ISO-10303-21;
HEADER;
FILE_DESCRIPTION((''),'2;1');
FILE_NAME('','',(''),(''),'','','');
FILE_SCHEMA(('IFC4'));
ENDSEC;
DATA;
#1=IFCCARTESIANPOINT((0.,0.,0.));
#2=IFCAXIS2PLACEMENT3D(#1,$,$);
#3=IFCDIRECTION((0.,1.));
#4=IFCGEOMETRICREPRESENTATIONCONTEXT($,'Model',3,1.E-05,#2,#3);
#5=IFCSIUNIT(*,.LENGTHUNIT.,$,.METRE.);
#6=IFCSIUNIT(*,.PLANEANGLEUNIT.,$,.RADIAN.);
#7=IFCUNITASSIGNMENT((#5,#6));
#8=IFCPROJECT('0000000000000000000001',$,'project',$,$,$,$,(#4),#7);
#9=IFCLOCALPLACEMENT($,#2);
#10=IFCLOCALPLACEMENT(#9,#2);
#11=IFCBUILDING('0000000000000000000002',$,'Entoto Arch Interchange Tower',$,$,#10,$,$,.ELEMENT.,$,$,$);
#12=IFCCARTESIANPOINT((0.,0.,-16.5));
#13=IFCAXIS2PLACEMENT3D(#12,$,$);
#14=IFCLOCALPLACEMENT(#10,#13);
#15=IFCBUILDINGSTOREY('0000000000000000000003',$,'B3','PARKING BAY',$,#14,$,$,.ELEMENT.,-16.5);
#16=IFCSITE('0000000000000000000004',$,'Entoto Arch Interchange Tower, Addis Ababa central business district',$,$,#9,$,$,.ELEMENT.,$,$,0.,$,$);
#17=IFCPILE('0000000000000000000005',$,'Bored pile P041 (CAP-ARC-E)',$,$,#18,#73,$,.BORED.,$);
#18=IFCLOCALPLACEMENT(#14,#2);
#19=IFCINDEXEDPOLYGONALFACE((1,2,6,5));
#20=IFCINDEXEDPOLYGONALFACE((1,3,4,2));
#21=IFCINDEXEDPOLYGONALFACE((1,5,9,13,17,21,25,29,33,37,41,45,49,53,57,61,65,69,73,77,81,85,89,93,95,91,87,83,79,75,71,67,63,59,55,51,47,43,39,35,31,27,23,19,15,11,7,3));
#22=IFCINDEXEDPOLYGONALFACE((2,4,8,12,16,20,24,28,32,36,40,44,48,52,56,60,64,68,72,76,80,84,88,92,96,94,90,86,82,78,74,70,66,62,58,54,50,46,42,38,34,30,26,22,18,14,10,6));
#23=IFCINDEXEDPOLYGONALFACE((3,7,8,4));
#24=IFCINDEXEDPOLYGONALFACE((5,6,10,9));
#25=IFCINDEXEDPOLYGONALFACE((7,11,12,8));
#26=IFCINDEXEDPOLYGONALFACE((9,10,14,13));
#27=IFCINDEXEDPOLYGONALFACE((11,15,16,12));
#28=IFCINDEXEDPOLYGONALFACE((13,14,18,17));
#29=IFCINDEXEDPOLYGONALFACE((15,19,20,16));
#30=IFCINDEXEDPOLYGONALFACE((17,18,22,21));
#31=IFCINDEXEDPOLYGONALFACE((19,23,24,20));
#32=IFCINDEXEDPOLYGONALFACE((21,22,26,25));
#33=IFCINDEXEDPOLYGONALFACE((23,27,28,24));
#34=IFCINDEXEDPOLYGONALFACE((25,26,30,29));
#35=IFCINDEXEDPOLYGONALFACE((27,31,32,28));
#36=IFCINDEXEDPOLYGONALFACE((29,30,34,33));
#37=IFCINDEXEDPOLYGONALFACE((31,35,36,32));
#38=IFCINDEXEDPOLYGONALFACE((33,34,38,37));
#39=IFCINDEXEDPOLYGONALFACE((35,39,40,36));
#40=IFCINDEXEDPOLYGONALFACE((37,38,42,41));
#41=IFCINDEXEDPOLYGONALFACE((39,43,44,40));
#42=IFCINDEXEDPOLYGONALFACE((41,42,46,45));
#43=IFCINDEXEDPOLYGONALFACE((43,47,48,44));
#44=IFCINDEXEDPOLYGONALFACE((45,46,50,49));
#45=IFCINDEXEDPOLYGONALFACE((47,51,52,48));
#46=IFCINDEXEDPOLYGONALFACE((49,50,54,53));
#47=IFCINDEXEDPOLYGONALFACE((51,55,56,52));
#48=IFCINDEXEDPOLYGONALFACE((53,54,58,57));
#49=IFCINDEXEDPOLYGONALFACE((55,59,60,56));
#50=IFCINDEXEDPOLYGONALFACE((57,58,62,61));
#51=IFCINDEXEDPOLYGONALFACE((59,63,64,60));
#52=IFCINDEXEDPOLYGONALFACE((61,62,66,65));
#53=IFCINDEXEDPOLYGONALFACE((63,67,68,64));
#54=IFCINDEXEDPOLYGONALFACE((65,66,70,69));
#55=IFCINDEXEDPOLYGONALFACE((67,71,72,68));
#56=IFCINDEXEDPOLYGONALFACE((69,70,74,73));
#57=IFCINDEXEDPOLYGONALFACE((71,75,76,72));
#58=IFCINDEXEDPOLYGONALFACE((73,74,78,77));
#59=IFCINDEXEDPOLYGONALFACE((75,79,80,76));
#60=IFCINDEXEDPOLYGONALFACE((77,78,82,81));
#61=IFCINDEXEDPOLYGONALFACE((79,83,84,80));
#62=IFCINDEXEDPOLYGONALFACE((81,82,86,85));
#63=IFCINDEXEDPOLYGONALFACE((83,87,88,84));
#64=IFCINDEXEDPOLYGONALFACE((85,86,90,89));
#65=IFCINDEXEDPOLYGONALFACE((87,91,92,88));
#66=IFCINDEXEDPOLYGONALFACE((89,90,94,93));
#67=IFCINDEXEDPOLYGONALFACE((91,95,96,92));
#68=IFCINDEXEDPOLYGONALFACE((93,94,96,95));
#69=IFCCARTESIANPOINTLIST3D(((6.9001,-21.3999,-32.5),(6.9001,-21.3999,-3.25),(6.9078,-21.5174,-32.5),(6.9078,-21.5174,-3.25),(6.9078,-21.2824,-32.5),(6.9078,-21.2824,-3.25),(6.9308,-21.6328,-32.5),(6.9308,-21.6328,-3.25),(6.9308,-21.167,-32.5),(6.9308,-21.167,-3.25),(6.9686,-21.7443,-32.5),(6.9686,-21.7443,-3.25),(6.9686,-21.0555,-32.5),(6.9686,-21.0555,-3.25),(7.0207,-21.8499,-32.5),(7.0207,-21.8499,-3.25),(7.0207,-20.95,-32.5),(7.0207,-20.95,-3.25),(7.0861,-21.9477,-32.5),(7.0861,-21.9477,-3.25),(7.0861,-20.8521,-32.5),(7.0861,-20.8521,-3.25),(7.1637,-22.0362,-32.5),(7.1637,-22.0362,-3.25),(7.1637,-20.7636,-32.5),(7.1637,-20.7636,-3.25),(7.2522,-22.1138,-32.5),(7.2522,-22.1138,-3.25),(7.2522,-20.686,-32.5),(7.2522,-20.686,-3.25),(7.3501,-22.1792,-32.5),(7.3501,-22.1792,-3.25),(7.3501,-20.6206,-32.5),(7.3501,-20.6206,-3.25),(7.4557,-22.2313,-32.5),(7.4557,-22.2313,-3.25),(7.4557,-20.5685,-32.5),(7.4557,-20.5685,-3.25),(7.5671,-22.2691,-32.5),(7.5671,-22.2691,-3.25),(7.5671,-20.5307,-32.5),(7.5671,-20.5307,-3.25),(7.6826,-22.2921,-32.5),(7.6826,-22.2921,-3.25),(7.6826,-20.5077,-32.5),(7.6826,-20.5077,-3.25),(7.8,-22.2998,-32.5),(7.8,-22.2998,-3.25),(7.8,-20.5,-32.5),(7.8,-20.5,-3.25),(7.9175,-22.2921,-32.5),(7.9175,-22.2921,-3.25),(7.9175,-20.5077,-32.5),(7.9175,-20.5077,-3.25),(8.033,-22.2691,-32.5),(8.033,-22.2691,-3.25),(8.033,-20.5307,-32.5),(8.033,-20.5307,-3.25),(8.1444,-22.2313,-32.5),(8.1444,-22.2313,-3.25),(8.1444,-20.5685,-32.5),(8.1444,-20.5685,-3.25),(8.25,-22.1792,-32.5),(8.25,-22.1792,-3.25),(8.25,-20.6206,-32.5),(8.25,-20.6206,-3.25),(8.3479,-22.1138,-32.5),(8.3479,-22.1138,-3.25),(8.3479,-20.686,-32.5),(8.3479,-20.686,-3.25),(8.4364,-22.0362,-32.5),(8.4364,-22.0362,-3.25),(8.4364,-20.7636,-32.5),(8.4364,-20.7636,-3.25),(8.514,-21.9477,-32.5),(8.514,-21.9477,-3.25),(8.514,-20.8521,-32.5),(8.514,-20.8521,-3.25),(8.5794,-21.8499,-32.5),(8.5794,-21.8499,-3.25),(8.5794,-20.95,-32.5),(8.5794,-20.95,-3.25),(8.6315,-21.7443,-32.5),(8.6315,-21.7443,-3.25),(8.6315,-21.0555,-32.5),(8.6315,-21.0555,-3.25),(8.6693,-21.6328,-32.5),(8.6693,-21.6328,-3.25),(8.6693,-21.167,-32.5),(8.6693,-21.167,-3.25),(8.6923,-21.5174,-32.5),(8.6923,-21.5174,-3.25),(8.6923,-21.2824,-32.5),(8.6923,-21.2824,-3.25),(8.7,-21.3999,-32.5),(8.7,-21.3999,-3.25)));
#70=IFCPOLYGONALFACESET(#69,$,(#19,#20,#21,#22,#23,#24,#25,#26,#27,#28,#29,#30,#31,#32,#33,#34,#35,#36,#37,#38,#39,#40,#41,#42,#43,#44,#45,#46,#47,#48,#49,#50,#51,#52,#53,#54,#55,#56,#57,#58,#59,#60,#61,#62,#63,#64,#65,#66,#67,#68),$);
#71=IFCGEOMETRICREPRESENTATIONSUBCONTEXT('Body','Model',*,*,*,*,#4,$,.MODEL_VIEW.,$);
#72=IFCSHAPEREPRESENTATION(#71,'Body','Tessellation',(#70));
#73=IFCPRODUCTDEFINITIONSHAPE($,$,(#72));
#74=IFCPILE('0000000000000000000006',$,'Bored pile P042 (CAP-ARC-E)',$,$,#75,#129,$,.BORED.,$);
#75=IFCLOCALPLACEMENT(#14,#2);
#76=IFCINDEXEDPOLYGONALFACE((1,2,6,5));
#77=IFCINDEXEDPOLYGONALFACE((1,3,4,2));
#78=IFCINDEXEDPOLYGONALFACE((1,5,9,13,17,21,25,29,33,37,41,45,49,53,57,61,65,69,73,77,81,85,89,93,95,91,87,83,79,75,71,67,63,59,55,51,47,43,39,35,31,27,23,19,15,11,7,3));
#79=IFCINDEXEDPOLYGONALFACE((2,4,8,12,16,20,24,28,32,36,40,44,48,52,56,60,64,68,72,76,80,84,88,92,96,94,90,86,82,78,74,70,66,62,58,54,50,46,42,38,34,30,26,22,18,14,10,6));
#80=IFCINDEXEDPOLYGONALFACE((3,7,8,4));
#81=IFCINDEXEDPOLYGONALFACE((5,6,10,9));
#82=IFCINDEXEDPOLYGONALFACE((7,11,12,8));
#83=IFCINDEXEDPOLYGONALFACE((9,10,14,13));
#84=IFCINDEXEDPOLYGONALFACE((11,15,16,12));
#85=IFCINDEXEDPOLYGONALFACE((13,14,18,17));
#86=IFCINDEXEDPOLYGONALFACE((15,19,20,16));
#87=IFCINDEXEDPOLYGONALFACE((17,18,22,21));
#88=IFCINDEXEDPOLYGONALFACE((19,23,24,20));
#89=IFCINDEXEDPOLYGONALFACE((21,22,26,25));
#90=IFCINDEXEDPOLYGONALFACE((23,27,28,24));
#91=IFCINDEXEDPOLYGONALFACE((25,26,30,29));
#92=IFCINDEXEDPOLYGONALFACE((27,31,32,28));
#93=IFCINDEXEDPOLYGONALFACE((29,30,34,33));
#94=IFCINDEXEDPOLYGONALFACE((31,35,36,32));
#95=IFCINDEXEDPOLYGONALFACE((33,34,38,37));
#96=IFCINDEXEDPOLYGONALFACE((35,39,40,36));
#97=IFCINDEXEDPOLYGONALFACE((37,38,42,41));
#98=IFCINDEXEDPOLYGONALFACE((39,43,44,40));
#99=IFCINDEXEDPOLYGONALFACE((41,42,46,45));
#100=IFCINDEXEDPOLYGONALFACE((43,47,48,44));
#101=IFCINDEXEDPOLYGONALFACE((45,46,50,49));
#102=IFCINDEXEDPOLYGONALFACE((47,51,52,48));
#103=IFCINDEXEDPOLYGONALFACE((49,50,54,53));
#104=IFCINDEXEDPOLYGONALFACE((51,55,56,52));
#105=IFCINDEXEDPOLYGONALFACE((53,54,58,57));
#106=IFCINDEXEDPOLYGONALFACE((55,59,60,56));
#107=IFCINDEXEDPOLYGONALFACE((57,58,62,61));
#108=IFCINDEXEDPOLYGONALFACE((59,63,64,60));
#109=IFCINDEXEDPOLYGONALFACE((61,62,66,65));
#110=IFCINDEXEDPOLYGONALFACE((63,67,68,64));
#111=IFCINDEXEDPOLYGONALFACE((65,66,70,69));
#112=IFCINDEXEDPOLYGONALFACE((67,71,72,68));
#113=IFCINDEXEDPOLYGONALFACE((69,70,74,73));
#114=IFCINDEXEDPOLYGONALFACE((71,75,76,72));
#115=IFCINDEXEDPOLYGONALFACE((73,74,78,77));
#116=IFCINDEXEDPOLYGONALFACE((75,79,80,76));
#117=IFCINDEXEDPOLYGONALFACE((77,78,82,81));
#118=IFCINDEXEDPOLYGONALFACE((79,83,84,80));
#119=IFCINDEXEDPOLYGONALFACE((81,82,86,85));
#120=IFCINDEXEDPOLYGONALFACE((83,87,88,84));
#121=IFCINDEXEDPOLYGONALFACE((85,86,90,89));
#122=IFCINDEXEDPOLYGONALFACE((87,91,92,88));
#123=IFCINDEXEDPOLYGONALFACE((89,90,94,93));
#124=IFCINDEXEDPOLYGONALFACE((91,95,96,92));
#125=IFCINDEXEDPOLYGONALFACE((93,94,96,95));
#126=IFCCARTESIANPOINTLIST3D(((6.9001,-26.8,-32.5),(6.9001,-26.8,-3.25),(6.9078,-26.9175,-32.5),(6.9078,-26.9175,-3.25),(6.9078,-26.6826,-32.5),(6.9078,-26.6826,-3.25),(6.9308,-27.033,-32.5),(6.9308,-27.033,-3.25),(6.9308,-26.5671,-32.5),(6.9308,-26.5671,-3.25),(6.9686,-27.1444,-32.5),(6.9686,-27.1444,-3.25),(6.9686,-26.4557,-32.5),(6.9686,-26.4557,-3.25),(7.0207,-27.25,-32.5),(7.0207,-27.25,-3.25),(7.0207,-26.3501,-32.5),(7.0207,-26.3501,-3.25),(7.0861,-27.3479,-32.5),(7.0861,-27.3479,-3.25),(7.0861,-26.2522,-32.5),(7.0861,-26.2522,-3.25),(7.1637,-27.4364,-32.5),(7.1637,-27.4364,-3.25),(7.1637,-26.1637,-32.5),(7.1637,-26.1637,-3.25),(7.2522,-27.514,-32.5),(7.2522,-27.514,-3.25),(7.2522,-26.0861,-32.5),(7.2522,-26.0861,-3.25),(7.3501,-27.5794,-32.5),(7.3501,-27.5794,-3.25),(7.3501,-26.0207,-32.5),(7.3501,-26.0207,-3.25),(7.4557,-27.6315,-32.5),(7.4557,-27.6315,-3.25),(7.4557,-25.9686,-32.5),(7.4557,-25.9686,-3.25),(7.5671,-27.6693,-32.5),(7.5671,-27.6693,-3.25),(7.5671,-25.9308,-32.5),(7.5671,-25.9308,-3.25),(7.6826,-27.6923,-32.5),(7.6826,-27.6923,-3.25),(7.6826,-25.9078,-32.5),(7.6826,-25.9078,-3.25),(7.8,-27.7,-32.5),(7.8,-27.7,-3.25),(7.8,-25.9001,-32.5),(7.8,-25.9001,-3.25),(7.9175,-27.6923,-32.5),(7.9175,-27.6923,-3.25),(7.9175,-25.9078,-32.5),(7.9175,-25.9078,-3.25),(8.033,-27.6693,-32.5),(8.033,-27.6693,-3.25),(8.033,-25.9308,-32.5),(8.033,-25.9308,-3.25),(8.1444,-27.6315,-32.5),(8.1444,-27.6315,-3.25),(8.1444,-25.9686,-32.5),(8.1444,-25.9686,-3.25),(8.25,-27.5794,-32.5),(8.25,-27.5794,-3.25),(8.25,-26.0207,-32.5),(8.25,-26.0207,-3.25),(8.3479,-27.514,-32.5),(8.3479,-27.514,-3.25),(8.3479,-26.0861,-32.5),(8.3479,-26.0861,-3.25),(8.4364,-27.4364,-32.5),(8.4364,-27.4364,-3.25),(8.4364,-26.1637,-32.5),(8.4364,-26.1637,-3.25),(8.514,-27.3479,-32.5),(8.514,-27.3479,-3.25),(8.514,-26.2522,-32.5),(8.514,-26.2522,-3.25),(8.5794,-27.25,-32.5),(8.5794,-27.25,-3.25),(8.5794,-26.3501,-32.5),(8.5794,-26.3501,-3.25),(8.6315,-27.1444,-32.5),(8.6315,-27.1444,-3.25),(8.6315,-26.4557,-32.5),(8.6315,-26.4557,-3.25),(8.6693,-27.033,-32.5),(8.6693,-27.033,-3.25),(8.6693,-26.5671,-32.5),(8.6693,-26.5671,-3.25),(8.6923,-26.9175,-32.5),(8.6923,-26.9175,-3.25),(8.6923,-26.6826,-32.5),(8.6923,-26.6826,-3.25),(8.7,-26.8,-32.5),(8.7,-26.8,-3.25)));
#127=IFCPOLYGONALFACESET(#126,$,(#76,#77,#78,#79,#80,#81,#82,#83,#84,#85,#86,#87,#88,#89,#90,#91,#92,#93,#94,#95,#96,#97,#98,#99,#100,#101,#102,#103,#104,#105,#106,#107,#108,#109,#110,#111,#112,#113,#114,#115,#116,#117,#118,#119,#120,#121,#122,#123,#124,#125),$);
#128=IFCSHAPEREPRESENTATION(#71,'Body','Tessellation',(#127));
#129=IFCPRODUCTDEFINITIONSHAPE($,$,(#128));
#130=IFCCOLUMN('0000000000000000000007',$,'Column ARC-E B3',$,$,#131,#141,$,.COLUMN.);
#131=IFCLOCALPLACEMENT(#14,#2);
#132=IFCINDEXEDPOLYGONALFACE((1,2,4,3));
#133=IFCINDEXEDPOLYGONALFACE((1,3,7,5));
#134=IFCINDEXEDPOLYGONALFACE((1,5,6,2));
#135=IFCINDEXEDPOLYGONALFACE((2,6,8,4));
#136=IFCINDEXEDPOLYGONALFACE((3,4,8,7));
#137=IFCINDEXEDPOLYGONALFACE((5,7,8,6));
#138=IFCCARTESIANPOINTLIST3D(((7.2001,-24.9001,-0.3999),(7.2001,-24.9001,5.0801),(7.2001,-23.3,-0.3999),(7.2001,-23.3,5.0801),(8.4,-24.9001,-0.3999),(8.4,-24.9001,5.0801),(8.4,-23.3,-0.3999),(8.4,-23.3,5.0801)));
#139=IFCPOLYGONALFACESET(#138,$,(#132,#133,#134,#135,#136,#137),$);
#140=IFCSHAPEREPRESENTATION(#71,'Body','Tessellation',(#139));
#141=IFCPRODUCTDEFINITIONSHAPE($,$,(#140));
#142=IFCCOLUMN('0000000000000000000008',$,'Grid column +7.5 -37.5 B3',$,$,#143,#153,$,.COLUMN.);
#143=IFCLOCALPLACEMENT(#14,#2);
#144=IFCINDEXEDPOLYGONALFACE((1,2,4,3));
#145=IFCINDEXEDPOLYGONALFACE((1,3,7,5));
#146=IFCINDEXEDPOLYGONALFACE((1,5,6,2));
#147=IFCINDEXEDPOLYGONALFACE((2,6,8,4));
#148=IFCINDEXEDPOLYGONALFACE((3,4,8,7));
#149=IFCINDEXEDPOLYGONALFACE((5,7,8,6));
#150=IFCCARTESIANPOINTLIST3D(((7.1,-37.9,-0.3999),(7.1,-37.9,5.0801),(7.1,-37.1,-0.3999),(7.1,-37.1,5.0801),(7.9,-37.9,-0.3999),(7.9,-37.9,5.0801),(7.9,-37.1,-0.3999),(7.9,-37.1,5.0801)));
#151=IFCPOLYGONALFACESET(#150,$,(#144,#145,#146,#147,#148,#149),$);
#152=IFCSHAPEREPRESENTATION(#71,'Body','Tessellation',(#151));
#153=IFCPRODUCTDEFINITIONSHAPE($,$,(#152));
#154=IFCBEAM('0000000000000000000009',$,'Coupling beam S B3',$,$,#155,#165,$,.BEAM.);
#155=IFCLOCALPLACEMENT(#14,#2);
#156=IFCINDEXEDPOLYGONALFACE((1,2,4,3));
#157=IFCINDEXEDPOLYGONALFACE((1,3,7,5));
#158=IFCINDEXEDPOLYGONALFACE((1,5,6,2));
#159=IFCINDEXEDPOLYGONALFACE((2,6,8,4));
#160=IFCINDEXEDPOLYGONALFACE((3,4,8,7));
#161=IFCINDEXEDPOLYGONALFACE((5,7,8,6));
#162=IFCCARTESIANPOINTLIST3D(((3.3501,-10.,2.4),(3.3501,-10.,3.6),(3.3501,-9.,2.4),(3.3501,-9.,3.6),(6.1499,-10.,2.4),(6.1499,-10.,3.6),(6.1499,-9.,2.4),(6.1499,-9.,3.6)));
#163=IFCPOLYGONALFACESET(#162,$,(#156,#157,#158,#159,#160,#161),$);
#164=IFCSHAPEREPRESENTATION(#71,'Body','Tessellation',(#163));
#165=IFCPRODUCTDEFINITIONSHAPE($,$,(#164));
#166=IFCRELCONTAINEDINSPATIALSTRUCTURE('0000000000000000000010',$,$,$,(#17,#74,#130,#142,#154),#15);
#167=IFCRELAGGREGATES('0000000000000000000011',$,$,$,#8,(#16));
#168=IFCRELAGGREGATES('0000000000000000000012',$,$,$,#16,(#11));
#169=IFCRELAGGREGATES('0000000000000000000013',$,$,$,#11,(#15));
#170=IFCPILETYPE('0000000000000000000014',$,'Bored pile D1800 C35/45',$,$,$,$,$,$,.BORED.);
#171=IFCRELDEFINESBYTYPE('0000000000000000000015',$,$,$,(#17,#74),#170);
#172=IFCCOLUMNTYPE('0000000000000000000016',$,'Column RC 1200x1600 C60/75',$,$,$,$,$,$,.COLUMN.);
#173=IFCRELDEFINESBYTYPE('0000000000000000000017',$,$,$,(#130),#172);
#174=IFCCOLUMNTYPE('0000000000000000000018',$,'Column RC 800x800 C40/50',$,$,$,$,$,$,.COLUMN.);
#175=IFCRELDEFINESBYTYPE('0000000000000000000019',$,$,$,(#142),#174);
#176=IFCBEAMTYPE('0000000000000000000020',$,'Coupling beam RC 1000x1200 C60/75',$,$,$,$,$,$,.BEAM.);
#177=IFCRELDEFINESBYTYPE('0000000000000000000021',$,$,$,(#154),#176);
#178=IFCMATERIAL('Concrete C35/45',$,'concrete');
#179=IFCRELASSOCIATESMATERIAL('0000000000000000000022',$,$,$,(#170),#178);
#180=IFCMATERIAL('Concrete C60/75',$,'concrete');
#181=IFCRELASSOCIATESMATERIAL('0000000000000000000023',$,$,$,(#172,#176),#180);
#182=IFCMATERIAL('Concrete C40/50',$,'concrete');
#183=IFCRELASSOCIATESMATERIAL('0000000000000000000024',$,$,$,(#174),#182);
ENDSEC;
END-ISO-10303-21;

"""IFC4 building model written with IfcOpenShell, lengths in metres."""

from ifc_helpers import new_model, si_unit, direction, frame, origin, origin_2d, place, context, subcontext, project, spatial, rectangle, circle, extrude, material, material_profile, profile_set, type_object, element, save


model = new_model("IFC4")

# Units and contexts
model_context = context("Model", 3, precision=1e-05, world=origin(), true_north=direction((0.0, 1.0)))
body_context = subcontext(model_context, "Body", "Model", "MODEL_VIEW")
ifc_project = project(units=[si_unit("LENGTHUNIT", "METRE"), si_unit("PLANEANGLEUNIT", "RADIAN")], contexts=[model_context])

# Site, building, storey
site_placement = place(None, origin())
site = spatial("IfcSite", under=ifc_project, at=site_placement, Name="Entoto Arch Interchange Tower, Addis Ababa central business district", CompositionType="ELEMENT", RefElevation=0.0)
building_placement = place(site_placement, origin())
building = spatial("IfcBuilding", under=site, at=building_placement, Name="Entoto Arch Interchange Tower", CompositionType="ELEMENT")
storey_placement = place(building_placement, frame((0.0, 0.0, -16.5)))
storey = spatial("IfcBuildingStorey", under=building, at=storey_placement, Name="B3", Description="PARKING BAY", CompositionType="ELEMENT", Elevation=-16.5)

# Piles
ifc_material_1 = material(Name="Concrete C35/45", Category="concrete")
ifc_material_profile_1 = material_profile(ifc_material_1, circle(Radius=0.8999, at=origin_2d()))
ifc_profile_set_1 = profile_set([ifc_material_profile_1], Name="Concrete C35/45")
pile_type = type_object("IfcPileType", Name="Bored pile D1800 C35/45", PredefinedType="BORED", material=ifc_profile_set_1)
for number, where, z_axis, x_axis, name in (
    (1, (7.8, -21.3999, -3.25), (0.0, 0.0, -1.0), (1.0, 0.0, 0.0), "Bored pile P041 (CAP-ARC-E)"),
    (2, (7.8, -26.8, -3.25), (0.0, 0.0, -1.0), (1.0, 0.0, 0.0), "Bored pile P042 (CAP-ARC-E)"),
):
    element("IfcPile", number, at=place(storey_placement, frame(where, z_axis=z_axis, x_axis=x_axis)), inside=storey, type_object=pile_type, Name=name, PredefinedType="BORED", context=body_context, shape_type="SweptSolid", body=[
        extrude(circle(Radius=0.8999, at=origin_2d()), origin(), (0.0, 0.0, 1.0), 29.25),
    ])

# Columns
ifc_material_2 = material(Name="Concrete C60/75", Category="concrete")
ifc_material_profile_2 = material_profile(ifc_material_2, rectangle(XDim=1.2, YDim=1.6001, at=origin_2d()))
ifc_profile_set_2 = profile_set([ifc_material_profile_2], Name="Concrete C60/75")
column_type_1 = type_object("IfcColumnType", Name="Column RC 1200x1600 C60/75", PredefinedType="COLUMN", material=ifc_profile_set_2)
column_1_placement = place(storey_placement, frame((7.8, -24.1001, -0.3999), z_axis=(0.0, 0.0, 1.0), x_axis=(1.0, 0.0, 0.0)))
element("IfcColumn", 3, at=column_1_placement, inside=storey, type_object=column_type_1, Name="Column ARC-E B3", PredefinedType="COLUMN", context=body_context, shape_type="SweptSolid", body=[
    extrude(rectangle(XDim=1.2, YDim=1.6001, at=origin_2d()), origin(), (0.0, 0.0, 1.0), 5.48),
])
ifc_material_3 = material(Name="Concrete C40/50", Category="concrete")
ifc_material_profile_3 = material_profile(ifc_material_3, rectangle(XDim=0.8, YDim=0.8, at=origin_2d()))
ifc_profile_set_3 = profile_set([ifc_material_profile_3], Name="Concrete C40/50")
column_type_2 = type_object("IfcColumnType", Name="Column RC 800x800 C40/50", PredefinedType="COLUMN", material=ifc_profile_set_3)
column_2_placement = place(storey_placement, frame((7.5, -37.5, -0.3999), z_axis=(0.0, 0.0, 1.0), x_axis=(1.0, 0.0, 0.0)))
element("IfcColumn", 4, at=column_2_placement, inside=storey, type_object=column_type_2, Name="Grid column +7.5 -37.5 B3", PredefinedType="COLUMN", context=body_context, shape_type="SweptSolid", body=[
    extrude(rectangle(XDim=0.8, YDim=0.8, at=origin_2d()), origin(), (0.0, 0.0, 1.0), 5.48),
])

# Beam
ifc_material_profile_4 = material_profile(ifc_material_2, rectangle(XDim=1.0, YDim=1.2, at=origin_2d()))
ifc_profile_set_4 = profile_set([ifc_material_profile_4], Name="Concrete C60/75")
beam_type = type_object("IfcBeamType", Name="Coupling beam RC 1000x1200 C60/75", PredefinedType="BEAM", material=ifc_profile_set_4)
beam_placement = place(storey_placement, frame((3.3501, -9.5, 3.0), z_axis=(1.0, 0.0, 0.0), x_axis=(0.0, 1.0, 0.0)))
element("IfcBeam", 5, at=beam_placement, inside=storey, type_object=beam_type, Name="Coupling beam S B3", PredefinedType="BEAM", context=body_context, shape_type="SweptSolid", body=[
    extrude(rectangle(XDim=1.0, YDim=1.2, at=origin_2d()), origin(), (0.0, 0.0, 1.0), 2.7998),
])

save(model, "model.ifc")
